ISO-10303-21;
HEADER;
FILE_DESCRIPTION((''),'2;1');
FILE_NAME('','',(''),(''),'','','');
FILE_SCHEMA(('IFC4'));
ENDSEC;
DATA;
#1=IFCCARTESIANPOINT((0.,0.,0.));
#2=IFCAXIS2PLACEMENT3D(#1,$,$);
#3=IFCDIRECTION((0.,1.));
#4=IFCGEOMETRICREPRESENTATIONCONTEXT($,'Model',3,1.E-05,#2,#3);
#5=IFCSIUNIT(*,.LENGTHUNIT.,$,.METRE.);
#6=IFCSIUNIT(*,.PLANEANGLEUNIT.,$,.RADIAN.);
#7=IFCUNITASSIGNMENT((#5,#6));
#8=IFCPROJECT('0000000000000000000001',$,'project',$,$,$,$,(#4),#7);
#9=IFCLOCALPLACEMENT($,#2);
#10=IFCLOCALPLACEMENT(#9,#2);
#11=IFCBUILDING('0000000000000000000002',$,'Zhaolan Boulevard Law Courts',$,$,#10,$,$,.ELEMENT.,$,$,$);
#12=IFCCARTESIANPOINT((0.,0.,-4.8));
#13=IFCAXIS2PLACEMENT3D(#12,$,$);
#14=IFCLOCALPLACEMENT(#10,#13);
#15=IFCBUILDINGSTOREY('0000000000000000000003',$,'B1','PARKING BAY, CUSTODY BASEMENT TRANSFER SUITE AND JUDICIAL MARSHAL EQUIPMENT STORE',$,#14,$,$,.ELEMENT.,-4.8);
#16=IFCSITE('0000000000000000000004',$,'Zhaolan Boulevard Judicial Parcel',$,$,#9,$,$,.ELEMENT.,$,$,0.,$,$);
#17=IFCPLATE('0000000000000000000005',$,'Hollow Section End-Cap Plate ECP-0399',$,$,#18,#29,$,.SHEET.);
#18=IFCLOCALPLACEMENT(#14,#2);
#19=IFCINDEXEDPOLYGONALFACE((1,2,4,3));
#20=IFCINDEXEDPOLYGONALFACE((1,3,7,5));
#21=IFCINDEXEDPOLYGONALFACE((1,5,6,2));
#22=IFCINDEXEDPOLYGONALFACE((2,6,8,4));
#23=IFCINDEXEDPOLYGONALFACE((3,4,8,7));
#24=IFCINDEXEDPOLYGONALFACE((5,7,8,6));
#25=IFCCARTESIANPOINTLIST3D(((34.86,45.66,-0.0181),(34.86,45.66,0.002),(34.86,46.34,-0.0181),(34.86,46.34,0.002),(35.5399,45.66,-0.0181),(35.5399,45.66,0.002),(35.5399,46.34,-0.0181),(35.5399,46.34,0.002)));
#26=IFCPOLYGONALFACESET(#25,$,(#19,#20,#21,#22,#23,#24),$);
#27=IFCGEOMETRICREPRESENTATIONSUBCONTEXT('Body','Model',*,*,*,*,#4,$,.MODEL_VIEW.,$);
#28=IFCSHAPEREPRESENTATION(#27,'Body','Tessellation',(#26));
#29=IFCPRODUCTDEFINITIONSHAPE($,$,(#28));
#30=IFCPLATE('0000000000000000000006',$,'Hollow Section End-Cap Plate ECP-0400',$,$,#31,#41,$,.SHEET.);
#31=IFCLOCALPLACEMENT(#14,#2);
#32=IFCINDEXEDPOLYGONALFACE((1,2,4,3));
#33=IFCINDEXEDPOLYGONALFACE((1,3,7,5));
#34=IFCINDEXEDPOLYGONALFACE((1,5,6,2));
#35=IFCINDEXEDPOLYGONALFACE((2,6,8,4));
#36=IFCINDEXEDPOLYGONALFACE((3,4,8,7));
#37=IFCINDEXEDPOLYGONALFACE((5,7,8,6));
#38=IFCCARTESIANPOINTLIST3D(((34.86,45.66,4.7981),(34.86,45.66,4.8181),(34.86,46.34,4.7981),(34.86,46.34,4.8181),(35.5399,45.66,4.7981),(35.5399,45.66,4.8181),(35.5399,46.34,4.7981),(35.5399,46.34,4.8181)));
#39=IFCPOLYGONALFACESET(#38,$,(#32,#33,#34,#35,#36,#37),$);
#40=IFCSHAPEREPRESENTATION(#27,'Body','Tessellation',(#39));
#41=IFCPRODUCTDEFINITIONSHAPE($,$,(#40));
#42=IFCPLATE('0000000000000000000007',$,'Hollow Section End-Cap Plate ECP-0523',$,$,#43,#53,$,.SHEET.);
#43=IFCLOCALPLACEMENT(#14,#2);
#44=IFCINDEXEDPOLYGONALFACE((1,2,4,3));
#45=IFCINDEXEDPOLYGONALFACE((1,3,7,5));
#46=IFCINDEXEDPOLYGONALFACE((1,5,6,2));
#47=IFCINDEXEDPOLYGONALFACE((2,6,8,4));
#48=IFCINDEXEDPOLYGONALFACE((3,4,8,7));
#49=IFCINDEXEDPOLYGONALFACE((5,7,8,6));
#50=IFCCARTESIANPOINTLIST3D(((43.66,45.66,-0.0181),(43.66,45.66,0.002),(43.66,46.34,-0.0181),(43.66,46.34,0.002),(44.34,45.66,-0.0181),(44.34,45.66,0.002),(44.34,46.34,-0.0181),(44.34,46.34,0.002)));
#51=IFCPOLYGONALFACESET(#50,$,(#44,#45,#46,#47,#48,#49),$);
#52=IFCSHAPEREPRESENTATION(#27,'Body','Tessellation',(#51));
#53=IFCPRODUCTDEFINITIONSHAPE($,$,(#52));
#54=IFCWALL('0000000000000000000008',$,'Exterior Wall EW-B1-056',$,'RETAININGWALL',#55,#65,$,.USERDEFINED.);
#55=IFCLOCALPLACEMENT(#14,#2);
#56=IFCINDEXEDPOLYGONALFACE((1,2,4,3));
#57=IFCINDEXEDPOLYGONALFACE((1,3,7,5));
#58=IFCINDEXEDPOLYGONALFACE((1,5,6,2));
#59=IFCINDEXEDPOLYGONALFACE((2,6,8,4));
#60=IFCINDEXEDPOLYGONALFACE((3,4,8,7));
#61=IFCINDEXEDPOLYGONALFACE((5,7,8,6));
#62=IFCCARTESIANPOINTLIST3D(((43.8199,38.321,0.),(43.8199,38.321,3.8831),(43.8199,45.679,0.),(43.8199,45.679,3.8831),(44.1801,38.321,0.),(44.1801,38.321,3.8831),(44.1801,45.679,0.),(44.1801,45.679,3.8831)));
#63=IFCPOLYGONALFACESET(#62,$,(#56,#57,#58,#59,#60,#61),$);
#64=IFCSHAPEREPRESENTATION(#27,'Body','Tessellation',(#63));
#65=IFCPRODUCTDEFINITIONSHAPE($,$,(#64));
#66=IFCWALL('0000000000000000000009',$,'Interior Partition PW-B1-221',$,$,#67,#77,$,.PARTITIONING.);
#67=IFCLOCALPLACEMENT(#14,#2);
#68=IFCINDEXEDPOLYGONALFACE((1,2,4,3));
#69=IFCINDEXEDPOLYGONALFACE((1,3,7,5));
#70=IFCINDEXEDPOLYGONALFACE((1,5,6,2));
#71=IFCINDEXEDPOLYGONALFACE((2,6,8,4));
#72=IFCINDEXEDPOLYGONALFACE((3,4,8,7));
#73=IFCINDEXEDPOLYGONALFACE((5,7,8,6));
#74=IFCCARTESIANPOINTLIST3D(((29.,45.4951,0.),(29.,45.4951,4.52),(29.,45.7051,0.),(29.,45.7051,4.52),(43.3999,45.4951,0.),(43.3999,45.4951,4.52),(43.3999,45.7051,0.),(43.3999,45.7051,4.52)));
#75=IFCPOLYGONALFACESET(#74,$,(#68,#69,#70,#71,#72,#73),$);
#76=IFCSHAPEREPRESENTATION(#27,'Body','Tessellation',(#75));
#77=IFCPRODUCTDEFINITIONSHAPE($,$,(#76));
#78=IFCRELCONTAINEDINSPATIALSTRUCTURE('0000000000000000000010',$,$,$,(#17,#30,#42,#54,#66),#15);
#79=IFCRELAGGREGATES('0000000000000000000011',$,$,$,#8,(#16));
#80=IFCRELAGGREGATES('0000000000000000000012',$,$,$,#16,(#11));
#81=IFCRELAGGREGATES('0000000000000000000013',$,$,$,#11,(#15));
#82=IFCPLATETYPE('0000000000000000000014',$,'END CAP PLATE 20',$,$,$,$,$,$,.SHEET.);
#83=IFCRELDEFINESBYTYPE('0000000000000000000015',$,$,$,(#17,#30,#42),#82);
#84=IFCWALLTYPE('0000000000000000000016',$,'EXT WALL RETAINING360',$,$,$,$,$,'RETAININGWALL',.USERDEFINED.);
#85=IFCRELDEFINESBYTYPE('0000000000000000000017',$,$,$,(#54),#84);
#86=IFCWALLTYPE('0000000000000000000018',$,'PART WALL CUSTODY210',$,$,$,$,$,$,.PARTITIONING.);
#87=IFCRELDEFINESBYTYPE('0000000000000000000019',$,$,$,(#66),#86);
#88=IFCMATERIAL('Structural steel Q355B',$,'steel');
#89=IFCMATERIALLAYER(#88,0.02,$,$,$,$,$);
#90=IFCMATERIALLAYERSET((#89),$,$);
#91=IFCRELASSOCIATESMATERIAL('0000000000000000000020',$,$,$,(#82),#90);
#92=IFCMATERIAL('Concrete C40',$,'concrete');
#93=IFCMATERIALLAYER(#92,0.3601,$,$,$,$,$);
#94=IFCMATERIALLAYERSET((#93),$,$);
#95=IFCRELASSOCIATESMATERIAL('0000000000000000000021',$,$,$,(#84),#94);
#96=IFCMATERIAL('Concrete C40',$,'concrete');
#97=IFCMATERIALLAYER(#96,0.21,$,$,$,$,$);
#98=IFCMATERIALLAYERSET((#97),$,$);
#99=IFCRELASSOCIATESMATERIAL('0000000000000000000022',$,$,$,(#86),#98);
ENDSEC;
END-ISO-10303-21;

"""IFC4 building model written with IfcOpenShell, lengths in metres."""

from ifc_helpers import new_model, si_unit, direction, frame, frame_2d, origin, origin_2d, place, context, subcontext, project, spatial, rectangle, extrude, material, layer, layer_set, type_object, element, save


model = new_model("IFC4")

# Units and contexts
model_context = context("Model", 3, precision=1e-05, world=origin(), true_north=direction((0.0, 1.0)))
body_context = subcontext(model_context, "Body", "Model", "MODEL_VIEW")
ifc_project = project(units=[si_unit("LENGTHUNIT", "METRE"), si_unit("PLANEANGLEUNIT", "RADIAN")], contexts=[model_context])

# Site, building, storey
site_placement = place(None, origin())
site = spatial("IfcSite", under=ifc_project, at=site_placement, Name="Zhaolan Boulevard Judicial Parcel", CompositionType="ELEMENT", RefElevation=0.0)
building_placement = place(site_placement, origin())
building = spatial("IfcBuilding", under=site, at=building_placement, Name="Zhaolan Boulevard Law Courts", CompositionType="ELEMENT")
storey_placement = place(building_placement, frame((0.0, 0.0, -4.8)))
storey = spatial("IfcBuildingStorey", under=building, at=storey_placement, Name="B1", Description="PARKING BAY, CUSTODY BASEMENT TRANSFER SUITE AND JUDICIAL MARSHAL EQUIPMENT STORE", CompositionType="ELEMENT", Elevation=-4.8)

# Plates
ifc_material_1 = material(Name="Structural steel Q355B", Category="steel")
ifc_layer_1 = layer(ifc_material_1, 0.02)
ifc_layer_set_1 = layer_set([ifc_layer_1])
plate_type = type_object("IfcPlateType", Name="END CAP PLATE 20", PredefinedType="SHEET", material=ifc_layer_set_1)
for number, where, z_axis, x_axis, name in (
    (1, (35.2, 46.0, -0.0181), (0.0, 0.0, 1.0), (1.0, 0.0, 0.0), "Hollow Section End-Cap Plate ECP-0399"),
    (2, (35.2, 46.0, 4.7981), (0.0, 0.0, 1.0), (1.0, 0.0, 0.0), "Hollow Section End-Cap Plate ECP-0400"),
    (3, (44.0, 46.0, -0.0181), (0.0, 0.0, 1.0), (1.0, 0.0, 0.0), "Hollow Section End-Cap Plate ECP-0523"),
):
    element("IfcPlate", number, at=place(storey_placement, frame(where, z_axis=z_axis, x_axis=x_axis)), inside=storey, type_object=plate_type, Name=name, PredefinedType="SHEET", context=body_context, shape_type="SweptSolid", body=[
        extrude(rectangle(XDim=0.6799, YDim=0.6799, at=origin_2d()), origin(), (0.0, 0.0, 1.0), 0.02),
    ])

# Walls
ifc_material_2 = material(Name="Concrete C40", Category="concrete")
ifc_layer_2 = layer(ifc_material_2, 0.3601)
ifc_layer_set_2 = layer_set([ifc_layer_2])
wall_type_1 = type_object("IfcWallType", Name="EXT WALL RETAINING360", ElementType="RETAININGWALL", PredefinedType="USERDEFINED", material=ifc_layer_set_2)
wall_1_placement = place(storey_placement, frame((44.0, 38.321, 0.0), z_axis=(0.0, 0.0, 1.0), x_axis=(0.0, 1.0, 0.0)))
element("IfcWall", 4, at=wall_1_placement, inside=storey, type_object=wall_type_1, Name="Exterior Wall EW-B1-056", ObjectType="RETAININGWALL", PredefinedType="USERDEFINED", context=body_context, shape_type="SweptSolid", body=[
    extrude(rectangle(XDim=7.3579, YDim=0.3601, at=frame_2d((3.679, 0.0))), origin(), (0.0, 0.0, 1.0), 3.8831),
])
ifc_material_3 = material(Name="Concrete C40", Category="concrete")
ifc_layer_3 = layer(ifc_material_3, 0.21)
ifc_layer_set_3 = layer_set([ifc_layer_3])
wall_type_2 = type_object("IfcWallType", Name="PART WALL CUSTODY210", PredefinedType="PARTITIONING", material=ifc_layer_set_3)
wall_2_placement = place(storey_placement, frame((43.3999, 45.6001, 0.0), z_axis=(0.0, 0.0, 1.0), x_axis=(-1.0, 0.0, 0.0)))
element("IfcWall", 5, at=wall_2_placement, inside=storey, type_object=wall_type_2, Name="Interior Partition PW-B1-221", PredefinedType="PARTITIONING", context=body_context, shape_type="SweptSolid", body=[
    extrude(rectangle(XDim=14.3999, YDim=0.21, at=frame_2d((7.2, 0.0))), origin(), (0.0, 0.0, 1.0), 4.52),
])

save(model, "model.ifc")
